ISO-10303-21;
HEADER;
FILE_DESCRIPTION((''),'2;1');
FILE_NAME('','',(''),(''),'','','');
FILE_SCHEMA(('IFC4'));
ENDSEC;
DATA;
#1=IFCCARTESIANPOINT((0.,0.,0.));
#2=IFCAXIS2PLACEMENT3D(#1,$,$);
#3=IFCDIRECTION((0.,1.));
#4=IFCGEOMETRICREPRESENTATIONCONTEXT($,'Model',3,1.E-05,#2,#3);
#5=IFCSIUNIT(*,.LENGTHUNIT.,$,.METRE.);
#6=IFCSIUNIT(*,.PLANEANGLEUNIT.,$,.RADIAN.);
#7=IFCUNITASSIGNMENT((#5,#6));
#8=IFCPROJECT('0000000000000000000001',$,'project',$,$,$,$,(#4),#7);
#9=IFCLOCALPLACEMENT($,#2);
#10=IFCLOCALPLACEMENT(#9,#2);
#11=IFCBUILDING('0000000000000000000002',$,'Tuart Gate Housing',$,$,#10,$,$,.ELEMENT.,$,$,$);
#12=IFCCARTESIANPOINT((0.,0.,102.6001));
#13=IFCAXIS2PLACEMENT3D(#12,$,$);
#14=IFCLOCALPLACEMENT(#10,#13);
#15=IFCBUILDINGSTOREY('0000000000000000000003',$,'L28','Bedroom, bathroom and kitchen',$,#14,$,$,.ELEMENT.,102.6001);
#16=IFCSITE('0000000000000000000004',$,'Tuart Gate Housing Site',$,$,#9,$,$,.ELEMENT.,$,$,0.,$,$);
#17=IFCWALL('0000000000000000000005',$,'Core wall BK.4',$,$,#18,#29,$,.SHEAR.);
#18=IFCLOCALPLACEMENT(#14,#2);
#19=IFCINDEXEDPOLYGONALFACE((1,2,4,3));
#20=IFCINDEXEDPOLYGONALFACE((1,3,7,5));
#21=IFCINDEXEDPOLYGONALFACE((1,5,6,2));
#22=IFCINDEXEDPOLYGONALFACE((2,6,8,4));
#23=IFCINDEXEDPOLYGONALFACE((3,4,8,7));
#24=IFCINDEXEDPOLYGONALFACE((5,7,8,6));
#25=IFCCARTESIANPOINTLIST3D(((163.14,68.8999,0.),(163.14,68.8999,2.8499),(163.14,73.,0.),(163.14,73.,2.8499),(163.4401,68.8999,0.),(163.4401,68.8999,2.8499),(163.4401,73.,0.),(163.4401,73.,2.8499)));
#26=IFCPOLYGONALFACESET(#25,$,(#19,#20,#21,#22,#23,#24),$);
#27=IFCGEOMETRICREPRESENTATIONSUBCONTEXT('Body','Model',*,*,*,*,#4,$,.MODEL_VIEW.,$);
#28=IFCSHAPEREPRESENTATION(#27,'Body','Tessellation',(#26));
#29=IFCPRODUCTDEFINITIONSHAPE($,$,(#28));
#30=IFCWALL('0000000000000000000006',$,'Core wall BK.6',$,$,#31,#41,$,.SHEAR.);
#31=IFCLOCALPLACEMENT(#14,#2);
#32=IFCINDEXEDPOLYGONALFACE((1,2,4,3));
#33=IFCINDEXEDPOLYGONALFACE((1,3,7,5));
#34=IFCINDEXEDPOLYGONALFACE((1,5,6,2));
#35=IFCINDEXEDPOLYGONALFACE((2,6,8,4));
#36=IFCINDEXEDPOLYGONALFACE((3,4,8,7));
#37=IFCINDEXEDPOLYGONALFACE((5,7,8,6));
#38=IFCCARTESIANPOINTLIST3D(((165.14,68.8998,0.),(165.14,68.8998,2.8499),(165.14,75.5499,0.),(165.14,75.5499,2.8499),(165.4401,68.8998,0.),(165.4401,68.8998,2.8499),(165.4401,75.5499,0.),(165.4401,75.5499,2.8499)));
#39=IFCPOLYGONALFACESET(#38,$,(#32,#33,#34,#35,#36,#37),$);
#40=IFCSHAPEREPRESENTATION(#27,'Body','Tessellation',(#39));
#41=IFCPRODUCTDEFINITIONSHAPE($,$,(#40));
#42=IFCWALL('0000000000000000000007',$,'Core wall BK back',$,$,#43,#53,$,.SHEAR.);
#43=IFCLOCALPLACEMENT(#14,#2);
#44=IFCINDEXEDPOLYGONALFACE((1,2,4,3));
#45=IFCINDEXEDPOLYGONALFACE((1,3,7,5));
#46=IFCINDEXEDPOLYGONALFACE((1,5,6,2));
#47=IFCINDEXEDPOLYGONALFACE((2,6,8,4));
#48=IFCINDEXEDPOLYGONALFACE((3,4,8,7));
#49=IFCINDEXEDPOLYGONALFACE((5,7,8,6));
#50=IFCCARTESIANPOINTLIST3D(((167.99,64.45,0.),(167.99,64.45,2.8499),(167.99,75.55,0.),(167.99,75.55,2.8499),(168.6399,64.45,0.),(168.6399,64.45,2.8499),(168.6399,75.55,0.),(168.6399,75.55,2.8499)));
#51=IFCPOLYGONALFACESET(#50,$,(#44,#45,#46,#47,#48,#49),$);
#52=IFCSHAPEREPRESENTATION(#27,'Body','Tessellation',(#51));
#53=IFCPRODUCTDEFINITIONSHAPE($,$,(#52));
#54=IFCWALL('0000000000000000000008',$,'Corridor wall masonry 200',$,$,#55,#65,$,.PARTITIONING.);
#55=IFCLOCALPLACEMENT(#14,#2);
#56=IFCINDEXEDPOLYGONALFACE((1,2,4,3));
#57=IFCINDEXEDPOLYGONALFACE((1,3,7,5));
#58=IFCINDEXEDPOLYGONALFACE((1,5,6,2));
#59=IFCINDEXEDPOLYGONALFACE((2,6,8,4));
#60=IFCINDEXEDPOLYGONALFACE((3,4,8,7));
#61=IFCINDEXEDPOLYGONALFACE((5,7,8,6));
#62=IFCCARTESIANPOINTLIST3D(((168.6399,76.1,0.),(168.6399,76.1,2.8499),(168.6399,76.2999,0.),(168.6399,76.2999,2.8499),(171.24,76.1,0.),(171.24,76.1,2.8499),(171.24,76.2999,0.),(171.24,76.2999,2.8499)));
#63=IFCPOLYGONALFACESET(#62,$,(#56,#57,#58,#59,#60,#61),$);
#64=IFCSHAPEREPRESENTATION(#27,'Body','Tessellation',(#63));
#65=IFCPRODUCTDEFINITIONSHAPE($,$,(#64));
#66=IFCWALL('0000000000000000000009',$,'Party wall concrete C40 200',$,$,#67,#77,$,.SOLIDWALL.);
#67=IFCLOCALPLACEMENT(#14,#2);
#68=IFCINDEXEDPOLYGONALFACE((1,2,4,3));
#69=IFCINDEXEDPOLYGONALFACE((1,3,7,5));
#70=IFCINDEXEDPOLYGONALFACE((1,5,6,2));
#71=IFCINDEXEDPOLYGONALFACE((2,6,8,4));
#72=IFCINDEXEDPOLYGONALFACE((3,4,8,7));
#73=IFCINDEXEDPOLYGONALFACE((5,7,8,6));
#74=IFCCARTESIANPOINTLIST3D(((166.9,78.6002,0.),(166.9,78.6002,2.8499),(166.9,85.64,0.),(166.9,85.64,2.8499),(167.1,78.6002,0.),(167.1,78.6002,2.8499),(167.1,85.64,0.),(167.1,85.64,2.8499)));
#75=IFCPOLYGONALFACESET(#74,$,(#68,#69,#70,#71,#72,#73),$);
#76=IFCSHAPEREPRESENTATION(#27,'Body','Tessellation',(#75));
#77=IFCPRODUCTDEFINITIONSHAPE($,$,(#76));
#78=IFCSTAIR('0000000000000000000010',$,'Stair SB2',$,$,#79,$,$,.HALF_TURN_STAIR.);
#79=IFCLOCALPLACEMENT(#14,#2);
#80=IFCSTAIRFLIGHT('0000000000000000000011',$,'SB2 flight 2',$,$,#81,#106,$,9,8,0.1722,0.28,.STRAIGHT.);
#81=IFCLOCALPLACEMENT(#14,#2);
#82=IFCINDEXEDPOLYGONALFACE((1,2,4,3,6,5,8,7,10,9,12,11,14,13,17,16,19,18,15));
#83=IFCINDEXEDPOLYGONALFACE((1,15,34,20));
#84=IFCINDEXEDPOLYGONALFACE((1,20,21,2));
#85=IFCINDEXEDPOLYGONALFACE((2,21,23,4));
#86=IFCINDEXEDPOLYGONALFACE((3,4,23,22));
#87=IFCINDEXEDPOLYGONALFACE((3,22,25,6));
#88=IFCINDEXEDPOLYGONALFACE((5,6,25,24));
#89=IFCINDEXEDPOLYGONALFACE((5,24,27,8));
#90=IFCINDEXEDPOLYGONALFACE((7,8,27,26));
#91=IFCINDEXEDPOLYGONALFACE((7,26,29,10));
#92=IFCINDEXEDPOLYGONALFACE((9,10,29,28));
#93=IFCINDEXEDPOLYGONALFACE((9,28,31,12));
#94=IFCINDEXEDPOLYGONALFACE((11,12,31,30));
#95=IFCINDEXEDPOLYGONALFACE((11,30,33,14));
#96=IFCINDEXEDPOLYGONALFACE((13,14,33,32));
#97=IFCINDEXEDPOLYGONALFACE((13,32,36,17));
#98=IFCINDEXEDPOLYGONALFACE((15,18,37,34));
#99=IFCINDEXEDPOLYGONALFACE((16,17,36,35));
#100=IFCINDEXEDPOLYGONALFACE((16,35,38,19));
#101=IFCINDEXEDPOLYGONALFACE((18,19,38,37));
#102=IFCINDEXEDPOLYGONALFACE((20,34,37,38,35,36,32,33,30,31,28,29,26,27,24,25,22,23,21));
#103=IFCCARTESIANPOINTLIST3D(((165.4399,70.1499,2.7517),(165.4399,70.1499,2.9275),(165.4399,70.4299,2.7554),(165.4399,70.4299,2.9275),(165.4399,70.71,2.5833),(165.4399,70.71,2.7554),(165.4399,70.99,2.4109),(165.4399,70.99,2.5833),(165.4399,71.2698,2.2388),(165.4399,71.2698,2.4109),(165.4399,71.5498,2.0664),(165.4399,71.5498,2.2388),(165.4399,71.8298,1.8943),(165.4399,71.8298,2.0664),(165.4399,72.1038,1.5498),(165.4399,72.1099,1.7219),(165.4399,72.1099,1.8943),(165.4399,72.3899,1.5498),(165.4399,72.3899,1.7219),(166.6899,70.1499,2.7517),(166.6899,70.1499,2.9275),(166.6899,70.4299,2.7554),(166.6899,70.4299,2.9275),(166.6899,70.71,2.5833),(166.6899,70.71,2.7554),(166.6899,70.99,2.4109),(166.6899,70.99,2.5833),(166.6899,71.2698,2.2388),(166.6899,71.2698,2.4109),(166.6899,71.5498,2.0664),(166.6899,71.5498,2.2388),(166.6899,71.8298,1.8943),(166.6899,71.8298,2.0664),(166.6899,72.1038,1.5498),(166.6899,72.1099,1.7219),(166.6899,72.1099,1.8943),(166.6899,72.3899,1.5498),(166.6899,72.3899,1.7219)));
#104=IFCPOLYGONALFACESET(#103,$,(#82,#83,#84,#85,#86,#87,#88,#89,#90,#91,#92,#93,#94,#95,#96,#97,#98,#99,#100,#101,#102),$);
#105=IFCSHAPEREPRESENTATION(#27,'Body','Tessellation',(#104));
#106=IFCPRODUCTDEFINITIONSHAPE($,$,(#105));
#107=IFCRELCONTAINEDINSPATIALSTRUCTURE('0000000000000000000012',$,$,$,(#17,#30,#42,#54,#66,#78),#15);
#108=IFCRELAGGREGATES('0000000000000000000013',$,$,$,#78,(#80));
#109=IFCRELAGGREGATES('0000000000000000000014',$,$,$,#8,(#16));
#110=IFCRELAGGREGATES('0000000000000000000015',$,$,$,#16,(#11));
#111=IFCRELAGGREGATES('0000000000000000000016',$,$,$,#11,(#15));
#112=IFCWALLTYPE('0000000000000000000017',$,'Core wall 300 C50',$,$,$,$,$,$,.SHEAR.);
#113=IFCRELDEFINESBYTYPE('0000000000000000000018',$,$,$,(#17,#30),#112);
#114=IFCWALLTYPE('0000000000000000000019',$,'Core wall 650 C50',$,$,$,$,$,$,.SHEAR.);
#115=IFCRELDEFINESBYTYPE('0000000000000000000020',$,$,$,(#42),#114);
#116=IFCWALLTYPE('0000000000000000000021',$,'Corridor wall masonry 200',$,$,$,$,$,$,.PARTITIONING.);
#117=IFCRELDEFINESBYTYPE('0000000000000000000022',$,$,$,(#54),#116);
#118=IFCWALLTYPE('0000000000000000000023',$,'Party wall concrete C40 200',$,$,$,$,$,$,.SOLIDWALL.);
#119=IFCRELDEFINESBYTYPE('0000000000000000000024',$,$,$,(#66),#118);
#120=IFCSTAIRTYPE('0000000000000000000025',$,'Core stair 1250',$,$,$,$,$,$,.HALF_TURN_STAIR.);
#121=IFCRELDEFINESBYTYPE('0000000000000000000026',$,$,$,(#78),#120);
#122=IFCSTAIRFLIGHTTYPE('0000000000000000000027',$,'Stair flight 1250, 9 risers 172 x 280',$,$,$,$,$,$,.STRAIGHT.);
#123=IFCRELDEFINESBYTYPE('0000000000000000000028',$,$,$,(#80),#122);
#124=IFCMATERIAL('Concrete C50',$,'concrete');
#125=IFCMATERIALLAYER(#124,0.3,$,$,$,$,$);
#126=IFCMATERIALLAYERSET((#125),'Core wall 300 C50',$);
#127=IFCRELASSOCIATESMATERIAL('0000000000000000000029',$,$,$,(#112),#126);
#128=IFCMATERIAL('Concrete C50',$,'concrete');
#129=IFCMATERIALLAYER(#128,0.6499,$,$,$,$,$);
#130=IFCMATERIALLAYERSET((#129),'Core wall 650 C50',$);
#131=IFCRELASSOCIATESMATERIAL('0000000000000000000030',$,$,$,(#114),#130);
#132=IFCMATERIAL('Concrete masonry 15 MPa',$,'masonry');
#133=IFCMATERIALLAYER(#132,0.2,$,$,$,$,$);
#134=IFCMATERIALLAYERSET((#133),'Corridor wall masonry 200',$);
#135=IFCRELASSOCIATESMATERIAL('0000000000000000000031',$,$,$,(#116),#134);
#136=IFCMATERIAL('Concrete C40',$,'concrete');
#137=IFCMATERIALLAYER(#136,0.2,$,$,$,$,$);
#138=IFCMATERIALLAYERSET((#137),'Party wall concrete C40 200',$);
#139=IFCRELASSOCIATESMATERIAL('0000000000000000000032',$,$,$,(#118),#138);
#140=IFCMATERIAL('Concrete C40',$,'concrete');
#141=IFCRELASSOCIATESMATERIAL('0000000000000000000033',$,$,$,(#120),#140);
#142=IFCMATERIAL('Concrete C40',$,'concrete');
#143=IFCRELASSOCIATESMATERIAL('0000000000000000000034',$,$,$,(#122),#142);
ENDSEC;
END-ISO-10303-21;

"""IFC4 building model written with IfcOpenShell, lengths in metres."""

from ifc_helpers import new_model, si_unit, direction, frame, frame_2d, origin, place, context, subcontext, project, spatial, polyline, rectangle, outline, extrude, material, layer, layer_set, type_object, element, aggregate, save


model = new_model("IFC4")

# Units and contexts
model_context = context("Model", 3, precision=1e-05, world=origin(), true_north=direction((0.0, 1.0)))
body_context = subcontext(model_context, "Body", "Model", "MODEL_VIEW")
ifc_project = project(units=[si_unit("LENGTHUNIT", "METRE"), si_unit("PLANEANGLEUNIT", "RADIAN")], contexts=[model_context])

# Site, building, storey
site_placement = place(None, origin())
site = spatial("IfcSite", under=ifc_project, at=site_placement, Name="Tuart Gate Housing Site", CompositionType="ELEMENT", RefElevation=0.0)
building_placement = place(site_placement, origin())
building = spatial("IfcBuilding", under=site, at=building_placement, Name="Tuart Gate Housing", CompositionType="ELEMENT")
storey_placement = place(building_placement, frame((0.0, 0.0, 102.6001)))
storey = spatial("IfcBuildingStorey", under=building, at=storey_placement, Name="L28", Description="Bedroom, bathroom and kitchen", CompositionType="ELEMENT", Elevation=102.6001)

# Walls
ifc_material_1 = material(Name="Concrete C50", Category="concrete")
ifc_layer_1 = layer(ifc_material_1, 0.3)
ifc_layer_set_1 = layer_set([ifc_layer_1], Name="Core wall 300 C50")
wall_type_1 = type_object("IfcWallType", Name="Core wall 300 C50", PredefinedType="SHEAR", material=ifc_layer_set_1)
wall_1_placement = place(storey_placement, frame((163.29, 73.0, 0.0), z_axis=(0.0, 0.0, 1.0), x_axis=(0.0, -1.0, 0.0)))
element("IfcWall", 1, at=wall_1_placement, inside=storey, type_object=wall_type_1, Name="Core wall BK.4", PredefinedType="SHEAR", context=body_context, shape_type="SweptSolid", body=[
    extrude(rectangle(XDim=4.1001, YDim=0.3, at=frame_2d((2.05, 0.0))), origin(), (0.0, 0.0, 1.0), 2.8499),
])
wall_2_placement = place(storey_placement, frame((165.29, 75.55, 0.0), z_axis=(0.0, 0.0, 1.0), x_axis=(0.0, -1.0, 0.0)))
element("IfcWall", 2, at=wall_2_placement, inside=storey, type_object=wall_type_1, Name="Core wall BK.6", PredefinedType="SHEAR", context=body_context, shape_type="SweptSolid", body=[
    extrude(rectangle(XDim=6.6501, YDim=0.3, at=frame_2d((3.3252, 0.0))), origin(), (0.0, 0.0, 1.0), 2.8499),
])
ifc_material_2 = material(Name="Concrete C50", Category="concrete")
ifc_layer_2 = layer(ifc_material_2, 0.6499)
ifc_layer_set_2 = layer_set([ifc_layer_2], Name="Core wall 650 C50")
wall_type_2 = type_object("IfcWallType", Name="Core wall 650 C50", PredefinedType="SHEAR", material=ifc_layer_set_2)
wall_3_placement = place(storey_placement, frame((168.3149, 75.55, 0.0), z_axis=(0.0, 0.0, 1.0), x_axis=(0.0, -1.0, 0.0)))
element("IfcWall", 3, at=wall_3_placement, inside=storey, type_object=wall_type_2, Name="Core wall BK back", PredefinedType="SHEAR", context=body_context, shape_type="SweptSolid", body=[
    extrude(rectangle(XDim=11.1001, YDim=0.6499, at=frame_2d((5.55, 0.0))), origin(), (0.0, 0.0, 1.0), 2.8499),
])
ifc_material_3 = material(Name="Concrete masonry 15 MPa", Category="masonry")
ifc_layer_3 = layer(ifc_material_3, 0.2)
ifc_layer_set_3 = layer_set([ifc_layer_3], Name="Corridor wall masonry 200")
wall_type_3 = type_object("IfcWallType", Name="Corridor wall masonry 200", PredefinedType="PARTITIONING", material=ifc_layer_set_3)
wall_4_placement = place(storey_placement, frame((168.6399, 76.2, 0.0), z_axis=(0.0, 0.0, 1.0), x_axis=(1.0, 0.0, 0.0)))
element("IfcWall", 4, at=wall_4_placement, inside=storey, type_object=wall_type_3, Name="Corridor wall masonry 200", PredefinedType="PARTITIONING", context=body_context, shape_type="SweptSolid", body=[
    extrude(rectangle(XDim=2.6001, YDim=0.2, at=frame_2d((1.3, 0.0))), origin(), (0.0, 0.0, 1.0), 2.8499),
])
ifc_material_4 = material(Name="Concrete C40", Category="concrete")
ifc_layer_4 = layer(ifc_material_4, 0.2)
ifc_layer_set_4 = layer_set([ifc_layer_4], Name="Party wall concrete C40 200")
wall_type_4 = type_object("IfcWallType", Name="Party wall concrete C40 200", PredefinedType="SOLIDWALL", material=ifc_layer_set_4)
wall_5_placement = place(storey_placement, frame((167.0, 78.6001, 0.0), z_axis=(0.0, 0.0, 1.0), x_axis=(0.0, 1.0, 0.0)))
element("IfcWall", 5, at=wall_5_placement, inside=storey, type_object=wall_type_4, Name="Party wall concrete C40 200", PredefinedType="SOLIDWALL", context=body_context, shape_type="SweptSolid", body=[
    extrude(rectangle(XDim=7.0398, YDim=0.2, at=frame_2d((3.52, 0.0))), origin(), (0.0, 0.0, 1.0), 2.8499),
])

# Stair, stair flight
ifc_material_5 = material(Name="Concrete C40", Category="concrete")
stair_type = type_object("IfcStairType", Name="Core stair 1250", PredefinedType="HALF_TURN_STAIR", material=ifc_material_5)
stair_placement = place(storey_placement, origin())
stair = element("IfcStair", 6, at=stair_placement, inside=storey, type_object=stair_type, Name="Stair SB2", PredefinedType="HALF_TURN_STAIR")
ifc_material_6 = material(Name="Concrete C40", Category="concrete")
stair_flight_type = type_object("IfcStairFlightType", Name="Stair flight 1250, 9 risers 172 x 280", PredefinedType="STRAIGHT", material=ifc_material_6)
stair_flight_placement = place(storey_placement, frame((166.0649, 72.3899, 1.5498), z_axis=(0.0, 0.0, 1.0), x_axis=(0.0, -1.0, 0.0)))
stair_flight = element("IfcStairFlight", 7, at=stair_flight_placement, type_object=stair_flight_type, Name="SB2 flight 2", NumberOfRisers=9, NumberOfTreads=8, PredefinedType="STRAIGHT", RiserHeight=0.1722, TreadLength=0.28, context=body_context, shape_type="SweptSolid", body=[
    extrude(outline(polyline([(0.0, 0.0), (0.0, 0.1721), (0.28, 0.1721), (0.28, 0.3445), (0.5601, 0.3445), (0.5601, 0.5166), (0.8401, 0.5166), (0.8401, 0.689), (1.1201, 0.689), (1.1201, 0.8611), (1.3999, 0.8611), (1.3999, 1.0334), (1.6799, 1.0334), (1.6799, 1.2056), (1.96, 1.2056), (1.96, 1.3777), (2.24, 1.3777), (2.24, 1.55), (2.24, 1.2019), (0.2861, 0.0), (0.0, 0.0)])), frame((0.0, 0.625, 0.0), z_axis=(0.0, -1.0, 0.0), x_axis=(1.0, 0.0, 0.0)), (0.0, 0.0, 1.0), 1.25),
])
aggregate(stair, [stair_flight])

save(model, "model.ifc")
